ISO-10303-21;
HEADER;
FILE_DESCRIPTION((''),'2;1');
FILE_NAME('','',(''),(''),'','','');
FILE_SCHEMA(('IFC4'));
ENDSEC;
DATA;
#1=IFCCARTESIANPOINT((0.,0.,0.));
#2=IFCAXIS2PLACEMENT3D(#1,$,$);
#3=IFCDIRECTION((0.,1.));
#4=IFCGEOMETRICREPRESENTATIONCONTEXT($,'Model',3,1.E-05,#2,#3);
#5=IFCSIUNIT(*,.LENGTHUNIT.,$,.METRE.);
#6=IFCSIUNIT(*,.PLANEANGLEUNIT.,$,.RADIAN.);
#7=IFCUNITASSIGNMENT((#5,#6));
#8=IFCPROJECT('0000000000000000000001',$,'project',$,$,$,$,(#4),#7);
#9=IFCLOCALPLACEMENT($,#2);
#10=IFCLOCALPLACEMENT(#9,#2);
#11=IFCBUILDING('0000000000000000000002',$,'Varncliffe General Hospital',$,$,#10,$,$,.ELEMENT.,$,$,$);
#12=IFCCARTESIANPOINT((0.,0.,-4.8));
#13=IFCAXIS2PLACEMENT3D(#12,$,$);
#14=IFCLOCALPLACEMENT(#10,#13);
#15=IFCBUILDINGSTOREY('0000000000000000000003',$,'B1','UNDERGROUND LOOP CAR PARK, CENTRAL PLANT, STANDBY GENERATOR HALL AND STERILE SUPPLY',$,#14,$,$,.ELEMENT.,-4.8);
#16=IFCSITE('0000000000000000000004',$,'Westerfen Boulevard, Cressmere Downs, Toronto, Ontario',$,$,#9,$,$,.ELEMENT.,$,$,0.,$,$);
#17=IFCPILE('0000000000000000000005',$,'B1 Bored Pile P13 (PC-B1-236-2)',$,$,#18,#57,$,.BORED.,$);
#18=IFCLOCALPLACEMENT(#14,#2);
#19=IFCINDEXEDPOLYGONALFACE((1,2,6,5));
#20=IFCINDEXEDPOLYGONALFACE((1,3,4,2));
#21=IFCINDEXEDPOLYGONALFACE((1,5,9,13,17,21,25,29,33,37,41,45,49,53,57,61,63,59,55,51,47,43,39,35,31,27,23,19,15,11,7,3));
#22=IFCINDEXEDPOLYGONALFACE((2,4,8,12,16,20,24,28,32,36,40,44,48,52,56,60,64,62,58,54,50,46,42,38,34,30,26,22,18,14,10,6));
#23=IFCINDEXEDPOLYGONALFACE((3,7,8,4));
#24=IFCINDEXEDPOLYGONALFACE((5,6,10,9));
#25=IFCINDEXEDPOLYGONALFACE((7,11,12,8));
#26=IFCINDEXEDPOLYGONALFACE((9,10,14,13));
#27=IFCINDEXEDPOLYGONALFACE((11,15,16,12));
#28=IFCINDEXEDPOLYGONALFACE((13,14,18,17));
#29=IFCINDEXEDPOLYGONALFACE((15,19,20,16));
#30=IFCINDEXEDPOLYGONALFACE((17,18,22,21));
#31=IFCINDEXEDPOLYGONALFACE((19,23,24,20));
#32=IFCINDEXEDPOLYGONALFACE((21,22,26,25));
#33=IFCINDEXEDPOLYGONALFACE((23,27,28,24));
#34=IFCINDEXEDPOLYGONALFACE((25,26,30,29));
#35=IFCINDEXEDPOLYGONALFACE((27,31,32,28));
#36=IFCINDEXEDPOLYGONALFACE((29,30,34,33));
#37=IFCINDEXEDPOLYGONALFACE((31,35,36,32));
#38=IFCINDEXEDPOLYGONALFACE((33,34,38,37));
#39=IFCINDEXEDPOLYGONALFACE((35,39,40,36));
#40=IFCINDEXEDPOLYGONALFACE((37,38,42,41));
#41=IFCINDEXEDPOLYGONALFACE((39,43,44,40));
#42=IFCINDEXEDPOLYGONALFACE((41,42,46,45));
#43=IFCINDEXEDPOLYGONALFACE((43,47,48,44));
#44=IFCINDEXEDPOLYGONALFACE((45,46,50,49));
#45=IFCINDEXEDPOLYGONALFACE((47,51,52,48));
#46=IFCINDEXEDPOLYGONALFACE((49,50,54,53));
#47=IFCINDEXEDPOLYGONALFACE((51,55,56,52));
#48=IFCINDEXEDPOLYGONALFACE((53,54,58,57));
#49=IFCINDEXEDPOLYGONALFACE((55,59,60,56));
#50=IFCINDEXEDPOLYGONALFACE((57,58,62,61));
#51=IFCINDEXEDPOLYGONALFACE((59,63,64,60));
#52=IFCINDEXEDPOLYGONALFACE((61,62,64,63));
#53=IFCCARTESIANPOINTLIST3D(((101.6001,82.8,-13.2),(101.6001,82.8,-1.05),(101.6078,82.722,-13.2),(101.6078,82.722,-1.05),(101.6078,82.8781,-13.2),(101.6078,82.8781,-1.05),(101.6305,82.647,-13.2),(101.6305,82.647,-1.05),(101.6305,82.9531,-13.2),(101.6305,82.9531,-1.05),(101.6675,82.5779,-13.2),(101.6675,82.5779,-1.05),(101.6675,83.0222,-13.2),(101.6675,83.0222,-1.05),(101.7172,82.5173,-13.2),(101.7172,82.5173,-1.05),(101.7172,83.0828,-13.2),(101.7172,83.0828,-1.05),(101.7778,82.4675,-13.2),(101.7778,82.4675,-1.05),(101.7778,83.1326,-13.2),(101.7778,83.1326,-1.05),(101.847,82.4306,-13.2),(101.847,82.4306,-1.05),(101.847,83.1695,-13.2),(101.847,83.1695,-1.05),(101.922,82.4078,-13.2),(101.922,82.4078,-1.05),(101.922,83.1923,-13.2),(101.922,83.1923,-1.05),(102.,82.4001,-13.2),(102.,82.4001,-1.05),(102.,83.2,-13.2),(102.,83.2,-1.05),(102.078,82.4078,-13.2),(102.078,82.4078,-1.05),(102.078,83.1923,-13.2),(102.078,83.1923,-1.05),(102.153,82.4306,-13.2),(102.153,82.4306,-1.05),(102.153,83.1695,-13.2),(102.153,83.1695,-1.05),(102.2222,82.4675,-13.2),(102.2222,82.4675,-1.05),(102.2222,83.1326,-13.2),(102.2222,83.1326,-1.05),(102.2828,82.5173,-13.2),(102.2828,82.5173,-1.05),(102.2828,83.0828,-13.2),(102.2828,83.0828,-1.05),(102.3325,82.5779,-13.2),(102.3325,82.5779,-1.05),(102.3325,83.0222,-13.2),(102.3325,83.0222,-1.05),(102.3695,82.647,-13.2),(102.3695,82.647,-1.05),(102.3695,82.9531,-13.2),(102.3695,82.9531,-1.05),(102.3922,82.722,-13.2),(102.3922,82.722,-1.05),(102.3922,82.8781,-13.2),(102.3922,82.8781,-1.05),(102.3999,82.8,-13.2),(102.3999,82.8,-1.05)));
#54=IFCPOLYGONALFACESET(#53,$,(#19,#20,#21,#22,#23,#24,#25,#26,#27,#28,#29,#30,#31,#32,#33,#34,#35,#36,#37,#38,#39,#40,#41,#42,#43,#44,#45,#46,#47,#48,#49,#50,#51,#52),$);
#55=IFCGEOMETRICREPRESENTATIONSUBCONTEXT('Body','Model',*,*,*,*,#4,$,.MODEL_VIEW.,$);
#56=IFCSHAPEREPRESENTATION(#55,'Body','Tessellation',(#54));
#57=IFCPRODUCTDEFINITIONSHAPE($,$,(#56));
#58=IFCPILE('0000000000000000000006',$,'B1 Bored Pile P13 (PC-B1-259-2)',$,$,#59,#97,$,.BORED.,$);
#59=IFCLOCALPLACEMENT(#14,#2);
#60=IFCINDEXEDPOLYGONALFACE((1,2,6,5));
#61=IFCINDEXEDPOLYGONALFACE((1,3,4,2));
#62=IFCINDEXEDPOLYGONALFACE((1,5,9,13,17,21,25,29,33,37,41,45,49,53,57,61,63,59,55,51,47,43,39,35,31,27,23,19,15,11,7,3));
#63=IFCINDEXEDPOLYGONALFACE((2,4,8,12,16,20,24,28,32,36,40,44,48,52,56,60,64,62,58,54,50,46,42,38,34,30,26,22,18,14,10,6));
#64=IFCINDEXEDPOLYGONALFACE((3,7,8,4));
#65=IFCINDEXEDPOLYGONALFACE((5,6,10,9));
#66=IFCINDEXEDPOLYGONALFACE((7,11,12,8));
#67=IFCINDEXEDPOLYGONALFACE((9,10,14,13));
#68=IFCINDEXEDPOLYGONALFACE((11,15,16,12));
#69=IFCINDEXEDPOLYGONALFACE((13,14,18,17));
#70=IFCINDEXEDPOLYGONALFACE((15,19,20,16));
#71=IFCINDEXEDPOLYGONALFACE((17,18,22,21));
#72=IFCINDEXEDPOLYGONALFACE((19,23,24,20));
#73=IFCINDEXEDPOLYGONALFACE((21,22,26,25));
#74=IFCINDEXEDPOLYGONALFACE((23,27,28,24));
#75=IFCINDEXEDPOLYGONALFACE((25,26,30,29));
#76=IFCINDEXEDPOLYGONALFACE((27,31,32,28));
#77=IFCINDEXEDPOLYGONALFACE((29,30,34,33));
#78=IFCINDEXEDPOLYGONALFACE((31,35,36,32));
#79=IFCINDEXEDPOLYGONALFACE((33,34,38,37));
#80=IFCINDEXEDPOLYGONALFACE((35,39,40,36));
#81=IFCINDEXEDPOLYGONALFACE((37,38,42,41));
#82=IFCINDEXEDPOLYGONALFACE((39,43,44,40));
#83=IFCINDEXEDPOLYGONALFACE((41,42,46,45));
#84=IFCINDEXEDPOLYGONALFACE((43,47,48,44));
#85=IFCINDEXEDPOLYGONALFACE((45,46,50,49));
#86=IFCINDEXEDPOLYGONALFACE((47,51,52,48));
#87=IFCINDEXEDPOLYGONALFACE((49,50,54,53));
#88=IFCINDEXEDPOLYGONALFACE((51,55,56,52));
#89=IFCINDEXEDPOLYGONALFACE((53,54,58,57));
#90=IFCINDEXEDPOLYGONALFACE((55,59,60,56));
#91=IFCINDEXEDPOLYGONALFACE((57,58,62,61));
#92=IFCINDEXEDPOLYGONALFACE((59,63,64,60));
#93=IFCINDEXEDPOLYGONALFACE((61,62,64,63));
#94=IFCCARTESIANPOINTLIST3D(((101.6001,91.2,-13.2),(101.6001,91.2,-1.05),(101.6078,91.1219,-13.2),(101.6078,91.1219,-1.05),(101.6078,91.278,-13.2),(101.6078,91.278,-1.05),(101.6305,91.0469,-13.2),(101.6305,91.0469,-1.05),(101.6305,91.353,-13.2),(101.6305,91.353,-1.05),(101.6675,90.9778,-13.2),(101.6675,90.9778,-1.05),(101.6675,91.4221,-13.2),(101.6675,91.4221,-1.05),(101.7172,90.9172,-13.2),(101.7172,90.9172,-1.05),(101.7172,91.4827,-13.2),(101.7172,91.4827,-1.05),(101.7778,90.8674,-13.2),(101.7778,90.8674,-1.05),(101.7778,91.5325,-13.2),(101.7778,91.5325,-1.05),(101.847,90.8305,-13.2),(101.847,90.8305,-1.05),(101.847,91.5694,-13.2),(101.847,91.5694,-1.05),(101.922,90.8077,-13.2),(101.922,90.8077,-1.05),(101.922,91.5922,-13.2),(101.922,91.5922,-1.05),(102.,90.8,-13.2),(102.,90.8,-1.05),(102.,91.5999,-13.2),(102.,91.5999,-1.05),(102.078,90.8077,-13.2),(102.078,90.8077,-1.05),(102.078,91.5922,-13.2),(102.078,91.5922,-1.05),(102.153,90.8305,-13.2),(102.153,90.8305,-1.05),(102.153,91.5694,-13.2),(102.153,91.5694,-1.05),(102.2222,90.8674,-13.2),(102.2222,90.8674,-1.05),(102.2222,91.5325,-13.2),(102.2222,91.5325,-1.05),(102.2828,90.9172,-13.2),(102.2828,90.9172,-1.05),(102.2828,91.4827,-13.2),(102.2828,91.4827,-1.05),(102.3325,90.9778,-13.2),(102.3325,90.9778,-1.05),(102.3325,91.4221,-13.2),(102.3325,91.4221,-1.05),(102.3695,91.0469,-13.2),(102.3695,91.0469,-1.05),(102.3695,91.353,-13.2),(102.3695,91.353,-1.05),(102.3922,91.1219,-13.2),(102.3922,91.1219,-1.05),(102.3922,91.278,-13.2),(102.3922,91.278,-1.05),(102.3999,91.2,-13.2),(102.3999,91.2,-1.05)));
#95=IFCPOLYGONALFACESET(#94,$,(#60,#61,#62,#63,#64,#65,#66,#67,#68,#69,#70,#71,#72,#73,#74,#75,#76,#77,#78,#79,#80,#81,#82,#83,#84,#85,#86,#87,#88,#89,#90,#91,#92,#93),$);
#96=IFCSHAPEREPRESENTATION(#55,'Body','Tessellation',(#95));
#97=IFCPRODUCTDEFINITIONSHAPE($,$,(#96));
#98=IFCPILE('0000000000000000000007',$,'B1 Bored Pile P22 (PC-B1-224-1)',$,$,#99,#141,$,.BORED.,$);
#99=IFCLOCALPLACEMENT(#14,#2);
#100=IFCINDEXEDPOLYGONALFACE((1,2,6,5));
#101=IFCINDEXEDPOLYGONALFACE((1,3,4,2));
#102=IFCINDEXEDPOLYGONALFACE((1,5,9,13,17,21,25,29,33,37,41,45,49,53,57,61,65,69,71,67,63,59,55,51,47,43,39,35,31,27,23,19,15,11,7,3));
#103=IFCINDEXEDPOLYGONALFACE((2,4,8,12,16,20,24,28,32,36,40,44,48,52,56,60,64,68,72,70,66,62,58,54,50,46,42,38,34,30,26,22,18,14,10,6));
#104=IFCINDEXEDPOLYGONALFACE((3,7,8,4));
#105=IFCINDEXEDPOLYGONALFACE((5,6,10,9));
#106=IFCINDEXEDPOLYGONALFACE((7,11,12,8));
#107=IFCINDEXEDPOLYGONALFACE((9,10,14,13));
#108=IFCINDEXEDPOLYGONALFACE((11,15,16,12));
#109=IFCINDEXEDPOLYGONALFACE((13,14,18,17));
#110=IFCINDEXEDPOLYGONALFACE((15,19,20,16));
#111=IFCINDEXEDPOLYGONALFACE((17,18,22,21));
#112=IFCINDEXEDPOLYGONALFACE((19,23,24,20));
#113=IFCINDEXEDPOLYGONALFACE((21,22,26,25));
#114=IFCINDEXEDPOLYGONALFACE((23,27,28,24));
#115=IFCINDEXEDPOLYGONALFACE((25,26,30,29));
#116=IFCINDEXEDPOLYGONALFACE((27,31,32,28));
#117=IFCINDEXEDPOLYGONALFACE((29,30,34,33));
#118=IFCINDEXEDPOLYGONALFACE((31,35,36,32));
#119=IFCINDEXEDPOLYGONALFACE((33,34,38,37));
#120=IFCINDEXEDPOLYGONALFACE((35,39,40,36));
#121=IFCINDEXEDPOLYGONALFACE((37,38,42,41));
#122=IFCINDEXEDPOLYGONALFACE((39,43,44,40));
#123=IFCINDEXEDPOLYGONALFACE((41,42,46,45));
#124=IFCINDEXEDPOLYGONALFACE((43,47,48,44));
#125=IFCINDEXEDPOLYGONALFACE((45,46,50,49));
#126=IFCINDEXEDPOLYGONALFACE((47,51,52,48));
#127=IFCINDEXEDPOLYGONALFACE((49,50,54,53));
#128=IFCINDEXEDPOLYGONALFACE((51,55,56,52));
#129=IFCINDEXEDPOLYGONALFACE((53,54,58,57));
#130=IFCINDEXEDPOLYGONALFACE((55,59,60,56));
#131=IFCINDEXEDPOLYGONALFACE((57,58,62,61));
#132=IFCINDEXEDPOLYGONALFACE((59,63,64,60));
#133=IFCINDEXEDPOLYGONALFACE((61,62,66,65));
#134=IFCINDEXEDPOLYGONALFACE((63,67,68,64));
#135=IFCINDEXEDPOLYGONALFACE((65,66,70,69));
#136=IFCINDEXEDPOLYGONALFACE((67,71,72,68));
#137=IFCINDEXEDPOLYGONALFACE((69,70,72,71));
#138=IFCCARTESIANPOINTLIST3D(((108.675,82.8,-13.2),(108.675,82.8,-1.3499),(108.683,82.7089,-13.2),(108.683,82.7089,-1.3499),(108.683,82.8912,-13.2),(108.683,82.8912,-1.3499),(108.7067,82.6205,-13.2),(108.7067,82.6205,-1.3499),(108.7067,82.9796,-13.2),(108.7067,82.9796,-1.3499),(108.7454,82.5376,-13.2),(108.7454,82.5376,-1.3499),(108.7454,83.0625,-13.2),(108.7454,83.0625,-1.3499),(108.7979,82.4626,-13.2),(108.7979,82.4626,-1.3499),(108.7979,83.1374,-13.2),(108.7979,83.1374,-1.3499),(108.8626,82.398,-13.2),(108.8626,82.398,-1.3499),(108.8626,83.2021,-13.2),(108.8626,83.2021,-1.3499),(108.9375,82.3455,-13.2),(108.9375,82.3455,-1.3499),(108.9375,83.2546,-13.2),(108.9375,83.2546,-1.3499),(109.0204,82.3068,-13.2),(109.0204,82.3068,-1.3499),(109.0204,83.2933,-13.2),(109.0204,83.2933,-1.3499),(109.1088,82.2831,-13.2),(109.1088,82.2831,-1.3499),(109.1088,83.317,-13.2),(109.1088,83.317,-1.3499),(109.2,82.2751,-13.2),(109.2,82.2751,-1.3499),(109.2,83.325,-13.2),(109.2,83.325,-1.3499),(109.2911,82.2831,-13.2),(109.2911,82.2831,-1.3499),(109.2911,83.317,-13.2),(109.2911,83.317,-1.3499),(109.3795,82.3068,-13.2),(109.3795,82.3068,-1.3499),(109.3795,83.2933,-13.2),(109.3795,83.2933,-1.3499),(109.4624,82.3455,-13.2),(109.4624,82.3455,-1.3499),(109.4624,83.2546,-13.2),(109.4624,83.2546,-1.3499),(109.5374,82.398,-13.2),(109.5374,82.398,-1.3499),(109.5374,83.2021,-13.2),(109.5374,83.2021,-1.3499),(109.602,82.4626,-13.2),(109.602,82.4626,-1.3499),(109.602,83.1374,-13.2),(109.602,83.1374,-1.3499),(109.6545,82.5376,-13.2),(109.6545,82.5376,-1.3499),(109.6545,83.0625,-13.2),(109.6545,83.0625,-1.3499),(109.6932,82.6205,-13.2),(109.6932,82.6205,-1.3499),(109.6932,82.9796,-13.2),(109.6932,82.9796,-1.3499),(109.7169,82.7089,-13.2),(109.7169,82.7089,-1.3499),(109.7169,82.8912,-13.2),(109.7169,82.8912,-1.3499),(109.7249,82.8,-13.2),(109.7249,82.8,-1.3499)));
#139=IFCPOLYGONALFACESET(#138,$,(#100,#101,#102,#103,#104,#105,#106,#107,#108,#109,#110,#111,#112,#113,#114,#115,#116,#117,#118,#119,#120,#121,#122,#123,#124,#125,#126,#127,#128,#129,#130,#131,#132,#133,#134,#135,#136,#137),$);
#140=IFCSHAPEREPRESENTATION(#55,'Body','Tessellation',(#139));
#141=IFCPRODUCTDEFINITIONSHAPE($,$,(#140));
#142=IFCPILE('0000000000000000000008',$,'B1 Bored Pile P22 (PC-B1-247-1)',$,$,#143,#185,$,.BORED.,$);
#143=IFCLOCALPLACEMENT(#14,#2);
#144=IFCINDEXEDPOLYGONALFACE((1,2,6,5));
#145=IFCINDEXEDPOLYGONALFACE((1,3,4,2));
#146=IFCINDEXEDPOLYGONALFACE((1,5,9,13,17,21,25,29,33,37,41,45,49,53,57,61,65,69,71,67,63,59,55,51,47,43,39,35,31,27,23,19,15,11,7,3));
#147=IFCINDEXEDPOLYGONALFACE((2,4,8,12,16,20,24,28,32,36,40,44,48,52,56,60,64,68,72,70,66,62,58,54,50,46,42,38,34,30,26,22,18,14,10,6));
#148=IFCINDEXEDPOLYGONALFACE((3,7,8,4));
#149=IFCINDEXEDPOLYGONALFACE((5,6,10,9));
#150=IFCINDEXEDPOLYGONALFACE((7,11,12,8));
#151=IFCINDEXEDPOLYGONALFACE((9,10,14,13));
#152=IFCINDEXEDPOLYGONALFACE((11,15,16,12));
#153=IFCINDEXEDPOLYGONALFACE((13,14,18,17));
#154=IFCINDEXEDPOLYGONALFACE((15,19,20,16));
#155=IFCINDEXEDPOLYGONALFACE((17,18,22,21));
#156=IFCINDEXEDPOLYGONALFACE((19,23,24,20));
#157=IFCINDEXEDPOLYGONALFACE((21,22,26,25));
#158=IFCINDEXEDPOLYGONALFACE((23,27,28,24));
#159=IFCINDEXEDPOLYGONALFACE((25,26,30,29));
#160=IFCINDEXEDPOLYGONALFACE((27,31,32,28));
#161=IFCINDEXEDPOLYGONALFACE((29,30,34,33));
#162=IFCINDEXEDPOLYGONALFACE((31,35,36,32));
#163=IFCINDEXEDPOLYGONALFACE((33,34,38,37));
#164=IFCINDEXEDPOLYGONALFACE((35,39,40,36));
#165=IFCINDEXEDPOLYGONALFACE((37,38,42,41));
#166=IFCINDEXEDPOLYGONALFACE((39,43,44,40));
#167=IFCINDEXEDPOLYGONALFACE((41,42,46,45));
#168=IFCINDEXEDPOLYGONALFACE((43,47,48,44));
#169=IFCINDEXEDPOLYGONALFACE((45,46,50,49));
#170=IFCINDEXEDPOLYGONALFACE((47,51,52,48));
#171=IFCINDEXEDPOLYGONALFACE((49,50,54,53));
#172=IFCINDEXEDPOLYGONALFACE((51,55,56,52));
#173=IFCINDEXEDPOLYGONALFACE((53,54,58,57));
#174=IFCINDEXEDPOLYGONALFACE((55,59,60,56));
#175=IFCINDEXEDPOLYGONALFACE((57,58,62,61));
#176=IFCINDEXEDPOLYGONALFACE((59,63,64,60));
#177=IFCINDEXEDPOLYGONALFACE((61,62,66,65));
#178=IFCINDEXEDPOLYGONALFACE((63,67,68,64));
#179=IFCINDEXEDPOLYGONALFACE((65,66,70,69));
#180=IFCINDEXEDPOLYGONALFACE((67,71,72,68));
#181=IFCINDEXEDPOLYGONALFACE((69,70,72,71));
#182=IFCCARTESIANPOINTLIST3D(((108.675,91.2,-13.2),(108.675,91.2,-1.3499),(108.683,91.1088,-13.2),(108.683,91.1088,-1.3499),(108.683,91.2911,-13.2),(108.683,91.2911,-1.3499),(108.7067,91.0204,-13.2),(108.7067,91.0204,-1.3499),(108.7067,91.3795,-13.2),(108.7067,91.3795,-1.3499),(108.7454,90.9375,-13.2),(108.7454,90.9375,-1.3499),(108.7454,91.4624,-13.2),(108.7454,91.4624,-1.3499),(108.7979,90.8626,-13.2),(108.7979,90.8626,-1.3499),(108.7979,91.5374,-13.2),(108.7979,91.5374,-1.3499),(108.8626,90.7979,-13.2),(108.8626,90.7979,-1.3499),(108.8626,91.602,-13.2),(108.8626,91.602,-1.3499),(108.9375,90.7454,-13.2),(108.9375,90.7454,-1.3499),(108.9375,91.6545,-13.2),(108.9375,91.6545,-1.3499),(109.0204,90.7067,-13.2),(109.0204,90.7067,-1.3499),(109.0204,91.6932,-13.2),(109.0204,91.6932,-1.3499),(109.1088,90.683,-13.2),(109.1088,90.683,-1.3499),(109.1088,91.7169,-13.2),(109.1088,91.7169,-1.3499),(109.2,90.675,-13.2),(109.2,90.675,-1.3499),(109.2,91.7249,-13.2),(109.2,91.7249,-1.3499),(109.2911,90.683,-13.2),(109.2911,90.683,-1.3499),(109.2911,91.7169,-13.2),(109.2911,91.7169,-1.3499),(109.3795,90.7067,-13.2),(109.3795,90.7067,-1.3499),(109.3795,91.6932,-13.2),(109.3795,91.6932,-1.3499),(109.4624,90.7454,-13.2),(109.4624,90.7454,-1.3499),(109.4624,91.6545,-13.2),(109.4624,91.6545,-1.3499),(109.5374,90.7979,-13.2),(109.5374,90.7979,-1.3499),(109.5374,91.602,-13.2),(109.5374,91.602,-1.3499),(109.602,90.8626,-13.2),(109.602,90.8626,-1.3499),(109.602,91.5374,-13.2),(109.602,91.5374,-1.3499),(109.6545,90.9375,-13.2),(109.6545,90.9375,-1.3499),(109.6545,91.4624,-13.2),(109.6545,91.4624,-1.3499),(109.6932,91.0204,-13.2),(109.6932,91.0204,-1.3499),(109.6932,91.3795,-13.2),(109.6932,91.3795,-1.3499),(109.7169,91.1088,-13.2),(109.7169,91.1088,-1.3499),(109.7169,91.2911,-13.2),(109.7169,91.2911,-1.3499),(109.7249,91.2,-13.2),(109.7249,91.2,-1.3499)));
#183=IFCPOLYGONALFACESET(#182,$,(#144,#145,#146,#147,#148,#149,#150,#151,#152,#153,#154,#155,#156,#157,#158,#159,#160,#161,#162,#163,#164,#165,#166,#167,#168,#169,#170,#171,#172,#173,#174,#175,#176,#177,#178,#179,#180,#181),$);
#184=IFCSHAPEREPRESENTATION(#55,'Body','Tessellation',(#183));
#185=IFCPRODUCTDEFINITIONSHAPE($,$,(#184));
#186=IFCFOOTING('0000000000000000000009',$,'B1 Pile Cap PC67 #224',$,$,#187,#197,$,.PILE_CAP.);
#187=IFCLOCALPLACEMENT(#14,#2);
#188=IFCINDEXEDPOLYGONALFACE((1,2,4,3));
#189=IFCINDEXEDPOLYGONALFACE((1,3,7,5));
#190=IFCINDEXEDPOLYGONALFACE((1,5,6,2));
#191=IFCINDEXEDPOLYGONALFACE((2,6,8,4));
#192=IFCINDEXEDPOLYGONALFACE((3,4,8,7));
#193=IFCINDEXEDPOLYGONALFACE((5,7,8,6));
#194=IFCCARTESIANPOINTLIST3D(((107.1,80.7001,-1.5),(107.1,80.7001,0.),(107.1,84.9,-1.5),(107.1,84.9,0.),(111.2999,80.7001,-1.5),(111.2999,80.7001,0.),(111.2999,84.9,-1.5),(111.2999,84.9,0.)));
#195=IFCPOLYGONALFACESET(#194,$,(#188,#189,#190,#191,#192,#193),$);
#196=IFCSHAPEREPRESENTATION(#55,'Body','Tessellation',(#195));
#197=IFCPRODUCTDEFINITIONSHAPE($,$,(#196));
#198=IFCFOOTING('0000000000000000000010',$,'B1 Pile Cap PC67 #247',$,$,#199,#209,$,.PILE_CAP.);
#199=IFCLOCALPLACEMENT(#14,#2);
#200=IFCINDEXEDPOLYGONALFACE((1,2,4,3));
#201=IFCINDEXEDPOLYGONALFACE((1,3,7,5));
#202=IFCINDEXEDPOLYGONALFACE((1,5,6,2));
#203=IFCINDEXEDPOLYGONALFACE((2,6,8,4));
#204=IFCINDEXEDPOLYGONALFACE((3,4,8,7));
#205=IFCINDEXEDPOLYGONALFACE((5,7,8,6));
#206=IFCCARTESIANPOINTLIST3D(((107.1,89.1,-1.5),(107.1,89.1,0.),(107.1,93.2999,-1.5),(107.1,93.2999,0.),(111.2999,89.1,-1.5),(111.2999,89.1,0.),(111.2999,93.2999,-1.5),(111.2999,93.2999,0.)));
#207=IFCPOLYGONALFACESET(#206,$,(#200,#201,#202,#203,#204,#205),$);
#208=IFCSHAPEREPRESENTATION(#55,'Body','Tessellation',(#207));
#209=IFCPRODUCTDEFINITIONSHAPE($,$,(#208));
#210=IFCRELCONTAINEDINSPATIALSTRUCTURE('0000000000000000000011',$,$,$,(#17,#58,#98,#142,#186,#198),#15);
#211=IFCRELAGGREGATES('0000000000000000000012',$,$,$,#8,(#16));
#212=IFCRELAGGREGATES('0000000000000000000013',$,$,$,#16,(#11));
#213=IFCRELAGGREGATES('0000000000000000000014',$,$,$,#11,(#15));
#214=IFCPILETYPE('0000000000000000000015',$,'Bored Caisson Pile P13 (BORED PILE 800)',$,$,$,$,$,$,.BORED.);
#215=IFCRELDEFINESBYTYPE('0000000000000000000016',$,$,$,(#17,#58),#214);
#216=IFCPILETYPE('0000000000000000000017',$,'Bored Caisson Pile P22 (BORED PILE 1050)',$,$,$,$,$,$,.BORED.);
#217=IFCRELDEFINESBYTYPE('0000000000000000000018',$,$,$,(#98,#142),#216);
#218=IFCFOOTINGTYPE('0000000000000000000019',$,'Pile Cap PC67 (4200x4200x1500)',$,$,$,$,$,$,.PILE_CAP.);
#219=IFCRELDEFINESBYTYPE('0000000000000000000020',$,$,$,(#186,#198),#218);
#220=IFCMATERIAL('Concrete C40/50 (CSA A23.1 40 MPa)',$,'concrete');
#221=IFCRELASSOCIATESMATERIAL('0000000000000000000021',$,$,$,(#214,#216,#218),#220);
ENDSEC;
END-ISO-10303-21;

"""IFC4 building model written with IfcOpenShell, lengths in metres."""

from ifc_helpers import new_model, si_unit, direction, frame, origin, origin_2d, place, context, subcontext, project, spatial, rectangle, circle, extrude, material, material_profile, profile_set, type_object, element, save


model = new_model("IFC4")

# Units and contexts
model_context = context("Model", 3, precision=1e-05, world=origin(), true_north=direction((0.0, 1.0)))
body_context = subcontext(model_context, "Body", "Model", "MODEL_VIEW")
ifc_project = project(units=[si_unit("LENGTHUNIT", "METRE"), si_unit("PLANEANGLEUNIT", "RADIAN")], contexts=[model_context])

# Site, building, storey
site_placement = place(None, origin())
site = spatial("IfcSite", under=ifc_project, at=site_placement, Name="Westerfen Boulevard, Cressmere Downs, Toronto, Ontario", CompositionType="ELEMENT", RefElevation=0.0)
building_placement = place(site_placement, origin())
building = spatial("IfcBuilding", under=site, at=building_placement, Name="Varncliffe General Hospital", CompositionType="ELEMENT")
storey_placement = place(building_placement, frame((0.0, 0.0, -4.8)))
storey = spatial("IfcBuildingStorey", under=building, at=storey_placement, Name="B1", Description="UNDERGROUND LOOP CAR PARK, CENTRAL PLANT, STANDBY GENERATOR HALL AND STERILE SUPPLY", CompositionType="ELEMENT", Elevation=-4.8)

# Piles
ifc_material_1 = material(Name="Concrete C40/50 (CSA A23.1 40 MPa)", Category="concrete")
ifc_material_profile_1 = material_profile(ifc_material_1, circle(Radius=0.3999, at=origin_2d()), Name="BORED PILE 800")
ifc_profile_set_1 = profile_set([ifc_material_profile_1], Name="Concrete C40/50 (CSA A23.1 40 MPa)")
pile_type_1 = type_object("IfcPileType", Name="Bored Caisson Pile P13 (BORED PILE 800)", PredefinedType="BORED", material=ifc_profile_set_1)
for number, where, z_axis, x_axis, name in (
    (1, (102.0, 82.8, -1.05), (0.0, 0.0, -1.0), (1.0, 0.0, 0.0), "B1 Bored Pile P13 (PC-B1-236-2)"),
    (2, (102.0, 91.2, -1.05), (0.0, 0.0, -1.0), (1.0, 0.0, 0.0), "B1 Bored Pile P13 (PC-B1-259-2)"),
):
    element("IfcPile", number, at=place(storey_placement, frame(where, z_axis=z_axis, x_axis=x_axis)), inside=storey, type_object=pile_type_1, Name=name, PredefinedType="BORED", context=body_context, shape_type="SweptSolid", body=[
        extrude(circle(Radius=0.3999, at=origin_2d()), origin(), (0.0, 0.0, 1.0), 12.1499),
    ])
ifc_material_profile_2 = material_profile(ifc_material_1, circle(Radius=0.5249, at=origin_2d()), Name="BORED PILE 1050")
ifc_profile_set_2 = profile_set([ifc_material_profile_2], Name="Concrete C40/50 (CSA A23.1 40 MPa)")
pile_type_2 = type_object("IfcPileType", Name="Bored Caisson Pile P22 (BORED PILE 1050)", PredefinedType="BORED", material=ifc_profile_set_2)
for number, where, z_axis, x_axis, name in (
    (3, (109.2, 82.8, -1.3499), (0.0, 0.0, -1.0), (1.0, 0.0, 0.0), "B1 Bored Pile P22 (PC-B1-224-1)"),
    (4, (109.2, 91.2, -1.3499), (0.0, 0.0, -1.0), (1.0, 0.0, 0.0), "B1 Bored Pile P22 (PC-B1-247-1)"),
):
    element("IfcPile", number, at=place(storey_placement, frame(where, z_axis=z_axis, x_axis=x_axis)), inside=storey, type_object=pile_type_2, Name=name, PredefinedType="BORED", context=body_context, shape_type="SweptSolid", body=[
        extrude(circle(Radius=0.5249, at=origin_2d()), origin(), (0.0, 0.0, 1.0), 11.8501),
    ])

# Footings
footing_type = type_object("IfcFootingType", Name="Pile Cap PC67 (4200x4200x1500)", PredefinedType="PILE_CAP", material=ifc_material_1)
for number, where, z_axis, x_axis, name in (
    (5, (109.2, 82.8, -1.5), (0.0, 0.0, 1.0), (1.0, 0.0, 0.0), "B1 Pile Cap PC67 #224"),
    (6, (109.2, 91.2, -1.5), (0.0, 0.0, 1.0), (1.0, 0.0, 0.0), "B1 Pile Cap PC67 #247"),
):
    element("IfcFooting", number, at=place(storey_placement, frame(where, z_axis=z_axis, x_axis=x_axis)), inside=storey, type_object=footing_type, Name=name, PredefinedType="PILE_CAP", context=body_context, shape_type="SweptSolid", body=[
        extrude(rectangle(XDim=4.2, YDim=4.2, at=origin_2d()), origin(), (0.0, 0.0, 1.0), 1.5),
    ])

save(model, "model.ifc")
